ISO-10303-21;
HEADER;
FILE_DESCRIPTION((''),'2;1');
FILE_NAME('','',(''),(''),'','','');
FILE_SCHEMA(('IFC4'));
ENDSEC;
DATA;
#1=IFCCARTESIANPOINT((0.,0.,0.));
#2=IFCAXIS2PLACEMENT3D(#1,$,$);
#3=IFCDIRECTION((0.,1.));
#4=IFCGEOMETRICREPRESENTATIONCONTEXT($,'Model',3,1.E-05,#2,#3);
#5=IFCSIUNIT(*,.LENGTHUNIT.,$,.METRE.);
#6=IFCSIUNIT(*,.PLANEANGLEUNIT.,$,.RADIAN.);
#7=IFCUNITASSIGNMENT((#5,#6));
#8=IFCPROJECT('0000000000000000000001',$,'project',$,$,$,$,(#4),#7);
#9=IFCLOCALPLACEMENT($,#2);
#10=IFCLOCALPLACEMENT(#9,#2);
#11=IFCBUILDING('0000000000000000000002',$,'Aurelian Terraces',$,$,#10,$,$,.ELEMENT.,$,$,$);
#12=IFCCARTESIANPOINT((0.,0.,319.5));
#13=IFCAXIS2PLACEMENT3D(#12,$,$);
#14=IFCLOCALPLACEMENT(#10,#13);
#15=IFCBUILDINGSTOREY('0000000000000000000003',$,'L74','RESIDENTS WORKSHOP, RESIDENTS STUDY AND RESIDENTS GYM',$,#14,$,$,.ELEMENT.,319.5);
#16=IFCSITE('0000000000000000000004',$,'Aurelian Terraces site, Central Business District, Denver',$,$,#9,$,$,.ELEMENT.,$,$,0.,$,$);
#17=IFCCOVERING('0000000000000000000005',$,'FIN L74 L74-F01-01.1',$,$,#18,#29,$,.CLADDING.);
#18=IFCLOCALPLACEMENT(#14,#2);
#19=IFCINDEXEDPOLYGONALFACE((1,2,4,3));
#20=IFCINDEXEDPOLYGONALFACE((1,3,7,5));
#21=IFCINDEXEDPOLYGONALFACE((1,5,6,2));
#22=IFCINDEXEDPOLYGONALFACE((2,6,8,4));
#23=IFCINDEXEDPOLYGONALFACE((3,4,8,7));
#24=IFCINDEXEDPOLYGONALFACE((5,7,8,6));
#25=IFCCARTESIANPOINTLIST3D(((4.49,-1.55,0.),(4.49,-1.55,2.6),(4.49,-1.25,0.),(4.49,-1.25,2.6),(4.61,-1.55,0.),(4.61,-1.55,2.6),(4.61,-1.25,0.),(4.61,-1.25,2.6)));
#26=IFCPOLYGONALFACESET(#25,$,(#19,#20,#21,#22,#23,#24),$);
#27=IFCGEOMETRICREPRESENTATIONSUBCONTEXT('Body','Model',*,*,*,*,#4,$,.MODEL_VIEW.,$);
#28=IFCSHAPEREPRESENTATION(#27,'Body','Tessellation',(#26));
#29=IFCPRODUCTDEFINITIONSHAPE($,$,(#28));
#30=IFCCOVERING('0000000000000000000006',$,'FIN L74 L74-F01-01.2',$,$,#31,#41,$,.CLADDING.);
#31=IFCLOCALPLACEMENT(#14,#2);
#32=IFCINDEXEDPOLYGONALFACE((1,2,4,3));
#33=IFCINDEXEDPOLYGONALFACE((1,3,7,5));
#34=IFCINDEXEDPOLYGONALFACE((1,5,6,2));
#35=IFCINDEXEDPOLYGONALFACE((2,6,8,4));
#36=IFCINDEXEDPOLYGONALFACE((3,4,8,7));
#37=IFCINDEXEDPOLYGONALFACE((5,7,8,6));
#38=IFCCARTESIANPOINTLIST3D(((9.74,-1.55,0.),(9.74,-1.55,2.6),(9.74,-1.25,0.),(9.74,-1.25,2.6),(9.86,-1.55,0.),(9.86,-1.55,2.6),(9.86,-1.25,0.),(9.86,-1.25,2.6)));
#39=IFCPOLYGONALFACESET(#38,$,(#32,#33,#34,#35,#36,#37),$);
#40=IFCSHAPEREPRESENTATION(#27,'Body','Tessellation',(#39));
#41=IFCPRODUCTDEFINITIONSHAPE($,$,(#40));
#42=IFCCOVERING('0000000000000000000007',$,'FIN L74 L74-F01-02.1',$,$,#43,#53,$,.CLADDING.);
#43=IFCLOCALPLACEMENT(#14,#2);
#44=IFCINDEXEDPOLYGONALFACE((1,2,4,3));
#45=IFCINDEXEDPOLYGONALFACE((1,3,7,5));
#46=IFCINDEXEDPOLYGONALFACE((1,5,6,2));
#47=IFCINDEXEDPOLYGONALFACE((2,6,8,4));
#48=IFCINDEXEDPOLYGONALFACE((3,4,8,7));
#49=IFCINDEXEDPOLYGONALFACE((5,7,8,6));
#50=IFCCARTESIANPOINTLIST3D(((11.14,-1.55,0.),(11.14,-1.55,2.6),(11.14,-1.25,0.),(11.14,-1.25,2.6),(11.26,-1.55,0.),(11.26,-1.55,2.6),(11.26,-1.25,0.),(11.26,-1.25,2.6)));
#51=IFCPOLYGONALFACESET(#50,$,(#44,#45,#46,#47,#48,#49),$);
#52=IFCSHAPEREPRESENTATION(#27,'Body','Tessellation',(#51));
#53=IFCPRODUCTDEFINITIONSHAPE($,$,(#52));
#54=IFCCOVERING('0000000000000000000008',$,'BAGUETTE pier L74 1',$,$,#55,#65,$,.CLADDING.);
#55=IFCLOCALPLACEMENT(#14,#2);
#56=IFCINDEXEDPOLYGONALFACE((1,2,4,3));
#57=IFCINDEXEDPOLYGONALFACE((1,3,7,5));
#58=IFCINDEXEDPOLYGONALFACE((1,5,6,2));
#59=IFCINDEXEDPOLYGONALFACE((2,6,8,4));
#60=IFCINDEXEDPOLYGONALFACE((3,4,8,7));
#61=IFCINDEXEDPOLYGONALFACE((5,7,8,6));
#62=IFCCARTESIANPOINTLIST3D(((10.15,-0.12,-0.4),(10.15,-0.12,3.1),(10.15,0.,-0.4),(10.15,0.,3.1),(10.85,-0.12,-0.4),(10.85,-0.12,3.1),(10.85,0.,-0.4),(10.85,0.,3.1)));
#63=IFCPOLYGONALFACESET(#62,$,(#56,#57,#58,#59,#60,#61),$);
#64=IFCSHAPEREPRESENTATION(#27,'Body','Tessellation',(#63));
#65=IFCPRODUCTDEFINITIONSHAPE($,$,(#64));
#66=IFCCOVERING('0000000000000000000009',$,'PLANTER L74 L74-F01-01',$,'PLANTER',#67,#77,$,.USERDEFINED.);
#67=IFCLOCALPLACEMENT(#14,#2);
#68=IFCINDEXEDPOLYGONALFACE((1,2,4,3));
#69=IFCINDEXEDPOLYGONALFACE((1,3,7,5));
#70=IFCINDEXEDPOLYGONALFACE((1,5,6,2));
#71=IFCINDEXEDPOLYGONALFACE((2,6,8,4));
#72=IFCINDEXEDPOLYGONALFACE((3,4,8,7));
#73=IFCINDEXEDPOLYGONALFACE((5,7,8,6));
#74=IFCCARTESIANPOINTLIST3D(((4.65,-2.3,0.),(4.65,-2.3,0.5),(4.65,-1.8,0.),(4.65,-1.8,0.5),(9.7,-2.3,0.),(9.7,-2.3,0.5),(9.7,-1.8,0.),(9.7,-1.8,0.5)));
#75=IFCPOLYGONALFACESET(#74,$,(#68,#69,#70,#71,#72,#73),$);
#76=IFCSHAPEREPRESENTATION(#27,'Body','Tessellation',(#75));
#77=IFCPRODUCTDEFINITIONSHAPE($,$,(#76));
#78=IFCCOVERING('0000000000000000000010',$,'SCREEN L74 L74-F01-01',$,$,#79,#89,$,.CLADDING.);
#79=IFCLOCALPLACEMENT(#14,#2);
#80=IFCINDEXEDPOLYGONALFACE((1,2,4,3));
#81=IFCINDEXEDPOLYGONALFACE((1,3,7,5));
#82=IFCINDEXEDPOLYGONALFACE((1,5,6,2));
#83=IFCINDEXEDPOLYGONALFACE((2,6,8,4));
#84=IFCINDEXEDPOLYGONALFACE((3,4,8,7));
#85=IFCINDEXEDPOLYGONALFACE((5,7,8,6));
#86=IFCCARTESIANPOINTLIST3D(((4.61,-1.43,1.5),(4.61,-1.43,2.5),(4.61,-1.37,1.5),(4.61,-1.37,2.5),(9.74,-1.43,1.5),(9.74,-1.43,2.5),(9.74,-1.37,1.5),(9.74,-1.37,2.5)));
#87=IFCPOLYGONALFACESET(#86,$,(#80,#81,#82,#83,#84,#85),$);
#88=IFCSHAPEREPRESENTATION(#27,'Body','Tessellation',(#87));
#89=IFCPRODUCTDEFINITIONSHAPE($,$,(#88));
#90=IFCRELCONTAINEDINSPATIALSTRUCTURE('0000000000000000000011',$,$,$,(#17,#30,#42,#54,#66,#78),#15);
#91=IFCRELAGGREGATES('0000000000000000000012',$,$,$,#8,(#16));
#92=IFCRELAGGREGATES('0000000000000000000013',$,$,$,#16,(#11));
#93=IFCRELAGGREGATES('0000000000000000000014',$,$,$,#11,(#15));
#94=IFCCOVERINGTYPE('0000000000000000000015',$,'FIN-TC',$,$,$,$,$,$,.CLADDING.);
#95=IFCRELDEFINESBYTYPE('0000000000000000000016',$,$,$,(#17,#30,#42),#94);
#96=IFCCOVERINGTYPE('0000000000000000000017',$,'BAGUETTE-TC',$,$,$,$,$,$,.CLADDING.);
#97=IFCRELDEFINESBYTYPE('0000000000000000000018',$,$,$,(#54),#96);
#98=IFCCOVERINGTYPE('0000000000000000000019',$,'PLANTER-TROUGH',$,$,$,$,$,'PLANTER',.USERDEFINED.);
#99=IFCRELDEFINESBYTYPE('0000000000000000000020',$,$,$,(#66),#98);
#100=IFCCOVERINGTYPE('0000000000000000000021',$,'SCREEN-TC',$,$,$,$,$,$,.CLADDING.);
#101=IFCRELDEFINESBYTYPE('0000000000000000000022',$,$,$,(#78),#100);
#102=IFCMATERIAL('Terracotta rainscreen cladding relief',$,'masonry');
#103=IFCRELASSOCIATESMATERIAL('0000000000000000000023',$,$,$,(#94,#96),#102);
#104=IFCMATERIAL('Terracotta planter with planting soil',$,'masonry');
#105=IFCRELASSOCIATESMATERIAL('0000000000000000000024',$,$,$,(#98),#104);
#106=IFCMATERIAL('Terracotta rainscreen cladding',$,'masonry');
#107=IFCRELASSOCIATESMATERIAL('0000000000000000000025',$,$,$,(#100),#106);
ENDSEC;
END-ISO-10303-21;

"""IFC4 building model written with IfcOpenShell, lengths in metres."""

from ifc_helpers import new_model, si_unit, direction, frame, origin, origin_2d, place, context, subcontext, project, spatial, rectangle, extrude, source, transform, mapped, material, type_object, element, save


model = new_model("IFC4")

# Units and contexts
model_context = context("Model", 3, precision=1e-05, world=origin(), true_north=direction((0.0, 1.0)))
body_context = subcontext(model_context, "Body", "Model", "MODEL_VIEW")
ifc_project = project(units=[si_unit("LENGTHUNIT", "METRE"), si_unit("PLANEANGLEUNIT", "RADIAN")], contexts=[model_context])

# Site, building, storey
site_placement = place(None, origin())
site = spatial("IfcSite", under=ifc_project, at=site_placement, Name="Aurelian Terraces site, Central Business District, Denver", CompositionType="ELEMENT", RefElevation=0.0)
building_placement = place(site_placement, origin())
building = spatial("IfcBuilding", under=site, at=building_placement, Name="Aurelian Terraces", CompositionType="ELEMENT")
storey_placement = place(building_placement, frame((0.0, 0.0, 319.5)))
storey = spatial("IfcBuildingStorey", under=building, at=storey_placement, Name="L74", Description="RESIDENTS WORKSHOP, RESIDENTS STUDY AND RESIDENTS GYM", CompositionType="ELEMENT", Elevation=319.5)

# Shared definitions
ifc_material_1 = material(Name="Terracotta rainscreen cladding", Category="masonry")

# Coverings
ifc_material_2 = material(Name="Terracotta rainscreen cladding relief", Category="masonry")
covering_type_1 = type_object("IfcCoveringType", Name="FIN-TC", PredefinedType="CLADDING", material=ifc_material_2)
shared_shape_1 = source(origin(), body_context, "Body", "SweptSolid", [
    extrude(rectangle(XDim=0.12, YDim=0.3, at=origin_2d()), origin(), (0.0, 0.0, 1.0), 2.6),
])
for number, where, z_axis, x_axis, name in (
    (1, (4.55, -1.4, 0.0), (0.0, 0.0, 1.0), (1.0, 0.0, 0.0), "FIN L74 L74-F01-01.1"),
    (2, (9.8, -1.4, 0.0), (0.0, 0.0, 1.0), (1.0, 0.0, 0.0), "FIN L74 L74-F01-01.2"),
    (3, (11.2, -1.4, 0.0), (0.0, 0.0, 1.0), (1.0, 0.0, 0.0), "FIN L74 L74-F01-02.1"),
):
    element("IfcCovering", number, at=place(storey_placement, frame(where, z_axis=z_axis, x_axis=x_axis)), inside=storey, type_object=covering_type_1, Name=name, PredefinedType="CLADDING", context=body_context, shape_type="MappedRepresentation", body=[
        mapped(shared_shape_1, transform((0.0, 0.0, 0.0), scale=1.0)),
    ])
covering_type_2 = type_object("IfcCoveringType", Name="BAGUETTE-TC", PredefinedType="CLADDING", material=ifc_material_2)
shared_shape_2 = source(origin(), body_context, "Body", "SweptSolid", [
    extrude(rectangle(XDim=0.7, YDim=0.12, at=origin_2d()), origin(), (0.0, 0.0, 1.0), 3.5),
])
covering_1_placement = place(storey_placement, frame((10.5, -0.06, -0.4), z_axis=(0.0, 0.0, 1.0), x_axis=(1.0, 0.0, 0.0)))
element("IfcCovering", 4, at=covering_1_placement, inside=storey, type_object=covering_type_2, Name="BAGUETTE pier L74 1", PredefinedType="CLADDING", context=body_context, shape_type="MappedRepresentation", body=[
    mapped(shared_shape_2, transform((0.0, 0.0, 0.0), scale=1.0)),
])

# Coverings
ifc_material_3 = material(Name="Terracotta planter with planting soil", Category="masonry")
covering_type_3 = type_object("IfcCoveringType", Name="PLANTER-TROUGH", ElementType="PLANTER", PredefinedType="USERDEFINED", material=ifc_material_3)
shared_shape_3 = source(origin(), body_context, "Body", "SweptSolid", [
    extrude(rectangle(XDim=5.05, YDim=0.5, at=origin_2d()), origin(), (0.0, 0.0, 1.0), 0.5),
])
covering_2_placement = place(storey_placement, frame((7.175, -2.05, 0.0), z_axis=(0.0, 0.0, 1.0), x_axis=(1.0, 0.0, 0.0)))
element("IfcCovering", 5, at=covering_2_placement, inside=storey, type_object=covering_type_3, Name="PLANTER L74 L74-F01-01", ObjectType="PLANTER", PredefinedType="USERDEFINED", context=body_context, shape_type="MappedRepresentation", body=[
    mapped(shared_shape_3, transform((0.0, 0.0, 0.0), scale=1.0)),
])
covering_type_4 = type_object("IfcCoveringType", Name="SCREEN-TC", PredefinedType="CLADDING", material=ifc_material_1)
shared_shape_4 = source(origin(), body_context, "Body", "SweptSolid", [
    extrude(rectangle(XDim=5.13, YDim=0.06, at=origin_2d()), origin(), (0.0, 0.0, 1.0), 1.0),
])
covering_3_placement = place(storey_placement, frame((7.175, -1.4, 1.5), z_axis=(0.0, 0.0, 1.0), x_axis=(1.0, 0.0, 0.0)))
element("IfcCovering", 6, at=covering_3_placement, inside=storey, type_object=covering_type_4, Name="SCREEN L74 L74-F01-01", PredefinedType="CLADDING", context=body_context, shape_type="MappedRepresentation", body=[
    mapped(shared_shape_4, transform((0.0, 0.0, 0.0), scale=1.0)),
])

save(model, "model.ifc")
